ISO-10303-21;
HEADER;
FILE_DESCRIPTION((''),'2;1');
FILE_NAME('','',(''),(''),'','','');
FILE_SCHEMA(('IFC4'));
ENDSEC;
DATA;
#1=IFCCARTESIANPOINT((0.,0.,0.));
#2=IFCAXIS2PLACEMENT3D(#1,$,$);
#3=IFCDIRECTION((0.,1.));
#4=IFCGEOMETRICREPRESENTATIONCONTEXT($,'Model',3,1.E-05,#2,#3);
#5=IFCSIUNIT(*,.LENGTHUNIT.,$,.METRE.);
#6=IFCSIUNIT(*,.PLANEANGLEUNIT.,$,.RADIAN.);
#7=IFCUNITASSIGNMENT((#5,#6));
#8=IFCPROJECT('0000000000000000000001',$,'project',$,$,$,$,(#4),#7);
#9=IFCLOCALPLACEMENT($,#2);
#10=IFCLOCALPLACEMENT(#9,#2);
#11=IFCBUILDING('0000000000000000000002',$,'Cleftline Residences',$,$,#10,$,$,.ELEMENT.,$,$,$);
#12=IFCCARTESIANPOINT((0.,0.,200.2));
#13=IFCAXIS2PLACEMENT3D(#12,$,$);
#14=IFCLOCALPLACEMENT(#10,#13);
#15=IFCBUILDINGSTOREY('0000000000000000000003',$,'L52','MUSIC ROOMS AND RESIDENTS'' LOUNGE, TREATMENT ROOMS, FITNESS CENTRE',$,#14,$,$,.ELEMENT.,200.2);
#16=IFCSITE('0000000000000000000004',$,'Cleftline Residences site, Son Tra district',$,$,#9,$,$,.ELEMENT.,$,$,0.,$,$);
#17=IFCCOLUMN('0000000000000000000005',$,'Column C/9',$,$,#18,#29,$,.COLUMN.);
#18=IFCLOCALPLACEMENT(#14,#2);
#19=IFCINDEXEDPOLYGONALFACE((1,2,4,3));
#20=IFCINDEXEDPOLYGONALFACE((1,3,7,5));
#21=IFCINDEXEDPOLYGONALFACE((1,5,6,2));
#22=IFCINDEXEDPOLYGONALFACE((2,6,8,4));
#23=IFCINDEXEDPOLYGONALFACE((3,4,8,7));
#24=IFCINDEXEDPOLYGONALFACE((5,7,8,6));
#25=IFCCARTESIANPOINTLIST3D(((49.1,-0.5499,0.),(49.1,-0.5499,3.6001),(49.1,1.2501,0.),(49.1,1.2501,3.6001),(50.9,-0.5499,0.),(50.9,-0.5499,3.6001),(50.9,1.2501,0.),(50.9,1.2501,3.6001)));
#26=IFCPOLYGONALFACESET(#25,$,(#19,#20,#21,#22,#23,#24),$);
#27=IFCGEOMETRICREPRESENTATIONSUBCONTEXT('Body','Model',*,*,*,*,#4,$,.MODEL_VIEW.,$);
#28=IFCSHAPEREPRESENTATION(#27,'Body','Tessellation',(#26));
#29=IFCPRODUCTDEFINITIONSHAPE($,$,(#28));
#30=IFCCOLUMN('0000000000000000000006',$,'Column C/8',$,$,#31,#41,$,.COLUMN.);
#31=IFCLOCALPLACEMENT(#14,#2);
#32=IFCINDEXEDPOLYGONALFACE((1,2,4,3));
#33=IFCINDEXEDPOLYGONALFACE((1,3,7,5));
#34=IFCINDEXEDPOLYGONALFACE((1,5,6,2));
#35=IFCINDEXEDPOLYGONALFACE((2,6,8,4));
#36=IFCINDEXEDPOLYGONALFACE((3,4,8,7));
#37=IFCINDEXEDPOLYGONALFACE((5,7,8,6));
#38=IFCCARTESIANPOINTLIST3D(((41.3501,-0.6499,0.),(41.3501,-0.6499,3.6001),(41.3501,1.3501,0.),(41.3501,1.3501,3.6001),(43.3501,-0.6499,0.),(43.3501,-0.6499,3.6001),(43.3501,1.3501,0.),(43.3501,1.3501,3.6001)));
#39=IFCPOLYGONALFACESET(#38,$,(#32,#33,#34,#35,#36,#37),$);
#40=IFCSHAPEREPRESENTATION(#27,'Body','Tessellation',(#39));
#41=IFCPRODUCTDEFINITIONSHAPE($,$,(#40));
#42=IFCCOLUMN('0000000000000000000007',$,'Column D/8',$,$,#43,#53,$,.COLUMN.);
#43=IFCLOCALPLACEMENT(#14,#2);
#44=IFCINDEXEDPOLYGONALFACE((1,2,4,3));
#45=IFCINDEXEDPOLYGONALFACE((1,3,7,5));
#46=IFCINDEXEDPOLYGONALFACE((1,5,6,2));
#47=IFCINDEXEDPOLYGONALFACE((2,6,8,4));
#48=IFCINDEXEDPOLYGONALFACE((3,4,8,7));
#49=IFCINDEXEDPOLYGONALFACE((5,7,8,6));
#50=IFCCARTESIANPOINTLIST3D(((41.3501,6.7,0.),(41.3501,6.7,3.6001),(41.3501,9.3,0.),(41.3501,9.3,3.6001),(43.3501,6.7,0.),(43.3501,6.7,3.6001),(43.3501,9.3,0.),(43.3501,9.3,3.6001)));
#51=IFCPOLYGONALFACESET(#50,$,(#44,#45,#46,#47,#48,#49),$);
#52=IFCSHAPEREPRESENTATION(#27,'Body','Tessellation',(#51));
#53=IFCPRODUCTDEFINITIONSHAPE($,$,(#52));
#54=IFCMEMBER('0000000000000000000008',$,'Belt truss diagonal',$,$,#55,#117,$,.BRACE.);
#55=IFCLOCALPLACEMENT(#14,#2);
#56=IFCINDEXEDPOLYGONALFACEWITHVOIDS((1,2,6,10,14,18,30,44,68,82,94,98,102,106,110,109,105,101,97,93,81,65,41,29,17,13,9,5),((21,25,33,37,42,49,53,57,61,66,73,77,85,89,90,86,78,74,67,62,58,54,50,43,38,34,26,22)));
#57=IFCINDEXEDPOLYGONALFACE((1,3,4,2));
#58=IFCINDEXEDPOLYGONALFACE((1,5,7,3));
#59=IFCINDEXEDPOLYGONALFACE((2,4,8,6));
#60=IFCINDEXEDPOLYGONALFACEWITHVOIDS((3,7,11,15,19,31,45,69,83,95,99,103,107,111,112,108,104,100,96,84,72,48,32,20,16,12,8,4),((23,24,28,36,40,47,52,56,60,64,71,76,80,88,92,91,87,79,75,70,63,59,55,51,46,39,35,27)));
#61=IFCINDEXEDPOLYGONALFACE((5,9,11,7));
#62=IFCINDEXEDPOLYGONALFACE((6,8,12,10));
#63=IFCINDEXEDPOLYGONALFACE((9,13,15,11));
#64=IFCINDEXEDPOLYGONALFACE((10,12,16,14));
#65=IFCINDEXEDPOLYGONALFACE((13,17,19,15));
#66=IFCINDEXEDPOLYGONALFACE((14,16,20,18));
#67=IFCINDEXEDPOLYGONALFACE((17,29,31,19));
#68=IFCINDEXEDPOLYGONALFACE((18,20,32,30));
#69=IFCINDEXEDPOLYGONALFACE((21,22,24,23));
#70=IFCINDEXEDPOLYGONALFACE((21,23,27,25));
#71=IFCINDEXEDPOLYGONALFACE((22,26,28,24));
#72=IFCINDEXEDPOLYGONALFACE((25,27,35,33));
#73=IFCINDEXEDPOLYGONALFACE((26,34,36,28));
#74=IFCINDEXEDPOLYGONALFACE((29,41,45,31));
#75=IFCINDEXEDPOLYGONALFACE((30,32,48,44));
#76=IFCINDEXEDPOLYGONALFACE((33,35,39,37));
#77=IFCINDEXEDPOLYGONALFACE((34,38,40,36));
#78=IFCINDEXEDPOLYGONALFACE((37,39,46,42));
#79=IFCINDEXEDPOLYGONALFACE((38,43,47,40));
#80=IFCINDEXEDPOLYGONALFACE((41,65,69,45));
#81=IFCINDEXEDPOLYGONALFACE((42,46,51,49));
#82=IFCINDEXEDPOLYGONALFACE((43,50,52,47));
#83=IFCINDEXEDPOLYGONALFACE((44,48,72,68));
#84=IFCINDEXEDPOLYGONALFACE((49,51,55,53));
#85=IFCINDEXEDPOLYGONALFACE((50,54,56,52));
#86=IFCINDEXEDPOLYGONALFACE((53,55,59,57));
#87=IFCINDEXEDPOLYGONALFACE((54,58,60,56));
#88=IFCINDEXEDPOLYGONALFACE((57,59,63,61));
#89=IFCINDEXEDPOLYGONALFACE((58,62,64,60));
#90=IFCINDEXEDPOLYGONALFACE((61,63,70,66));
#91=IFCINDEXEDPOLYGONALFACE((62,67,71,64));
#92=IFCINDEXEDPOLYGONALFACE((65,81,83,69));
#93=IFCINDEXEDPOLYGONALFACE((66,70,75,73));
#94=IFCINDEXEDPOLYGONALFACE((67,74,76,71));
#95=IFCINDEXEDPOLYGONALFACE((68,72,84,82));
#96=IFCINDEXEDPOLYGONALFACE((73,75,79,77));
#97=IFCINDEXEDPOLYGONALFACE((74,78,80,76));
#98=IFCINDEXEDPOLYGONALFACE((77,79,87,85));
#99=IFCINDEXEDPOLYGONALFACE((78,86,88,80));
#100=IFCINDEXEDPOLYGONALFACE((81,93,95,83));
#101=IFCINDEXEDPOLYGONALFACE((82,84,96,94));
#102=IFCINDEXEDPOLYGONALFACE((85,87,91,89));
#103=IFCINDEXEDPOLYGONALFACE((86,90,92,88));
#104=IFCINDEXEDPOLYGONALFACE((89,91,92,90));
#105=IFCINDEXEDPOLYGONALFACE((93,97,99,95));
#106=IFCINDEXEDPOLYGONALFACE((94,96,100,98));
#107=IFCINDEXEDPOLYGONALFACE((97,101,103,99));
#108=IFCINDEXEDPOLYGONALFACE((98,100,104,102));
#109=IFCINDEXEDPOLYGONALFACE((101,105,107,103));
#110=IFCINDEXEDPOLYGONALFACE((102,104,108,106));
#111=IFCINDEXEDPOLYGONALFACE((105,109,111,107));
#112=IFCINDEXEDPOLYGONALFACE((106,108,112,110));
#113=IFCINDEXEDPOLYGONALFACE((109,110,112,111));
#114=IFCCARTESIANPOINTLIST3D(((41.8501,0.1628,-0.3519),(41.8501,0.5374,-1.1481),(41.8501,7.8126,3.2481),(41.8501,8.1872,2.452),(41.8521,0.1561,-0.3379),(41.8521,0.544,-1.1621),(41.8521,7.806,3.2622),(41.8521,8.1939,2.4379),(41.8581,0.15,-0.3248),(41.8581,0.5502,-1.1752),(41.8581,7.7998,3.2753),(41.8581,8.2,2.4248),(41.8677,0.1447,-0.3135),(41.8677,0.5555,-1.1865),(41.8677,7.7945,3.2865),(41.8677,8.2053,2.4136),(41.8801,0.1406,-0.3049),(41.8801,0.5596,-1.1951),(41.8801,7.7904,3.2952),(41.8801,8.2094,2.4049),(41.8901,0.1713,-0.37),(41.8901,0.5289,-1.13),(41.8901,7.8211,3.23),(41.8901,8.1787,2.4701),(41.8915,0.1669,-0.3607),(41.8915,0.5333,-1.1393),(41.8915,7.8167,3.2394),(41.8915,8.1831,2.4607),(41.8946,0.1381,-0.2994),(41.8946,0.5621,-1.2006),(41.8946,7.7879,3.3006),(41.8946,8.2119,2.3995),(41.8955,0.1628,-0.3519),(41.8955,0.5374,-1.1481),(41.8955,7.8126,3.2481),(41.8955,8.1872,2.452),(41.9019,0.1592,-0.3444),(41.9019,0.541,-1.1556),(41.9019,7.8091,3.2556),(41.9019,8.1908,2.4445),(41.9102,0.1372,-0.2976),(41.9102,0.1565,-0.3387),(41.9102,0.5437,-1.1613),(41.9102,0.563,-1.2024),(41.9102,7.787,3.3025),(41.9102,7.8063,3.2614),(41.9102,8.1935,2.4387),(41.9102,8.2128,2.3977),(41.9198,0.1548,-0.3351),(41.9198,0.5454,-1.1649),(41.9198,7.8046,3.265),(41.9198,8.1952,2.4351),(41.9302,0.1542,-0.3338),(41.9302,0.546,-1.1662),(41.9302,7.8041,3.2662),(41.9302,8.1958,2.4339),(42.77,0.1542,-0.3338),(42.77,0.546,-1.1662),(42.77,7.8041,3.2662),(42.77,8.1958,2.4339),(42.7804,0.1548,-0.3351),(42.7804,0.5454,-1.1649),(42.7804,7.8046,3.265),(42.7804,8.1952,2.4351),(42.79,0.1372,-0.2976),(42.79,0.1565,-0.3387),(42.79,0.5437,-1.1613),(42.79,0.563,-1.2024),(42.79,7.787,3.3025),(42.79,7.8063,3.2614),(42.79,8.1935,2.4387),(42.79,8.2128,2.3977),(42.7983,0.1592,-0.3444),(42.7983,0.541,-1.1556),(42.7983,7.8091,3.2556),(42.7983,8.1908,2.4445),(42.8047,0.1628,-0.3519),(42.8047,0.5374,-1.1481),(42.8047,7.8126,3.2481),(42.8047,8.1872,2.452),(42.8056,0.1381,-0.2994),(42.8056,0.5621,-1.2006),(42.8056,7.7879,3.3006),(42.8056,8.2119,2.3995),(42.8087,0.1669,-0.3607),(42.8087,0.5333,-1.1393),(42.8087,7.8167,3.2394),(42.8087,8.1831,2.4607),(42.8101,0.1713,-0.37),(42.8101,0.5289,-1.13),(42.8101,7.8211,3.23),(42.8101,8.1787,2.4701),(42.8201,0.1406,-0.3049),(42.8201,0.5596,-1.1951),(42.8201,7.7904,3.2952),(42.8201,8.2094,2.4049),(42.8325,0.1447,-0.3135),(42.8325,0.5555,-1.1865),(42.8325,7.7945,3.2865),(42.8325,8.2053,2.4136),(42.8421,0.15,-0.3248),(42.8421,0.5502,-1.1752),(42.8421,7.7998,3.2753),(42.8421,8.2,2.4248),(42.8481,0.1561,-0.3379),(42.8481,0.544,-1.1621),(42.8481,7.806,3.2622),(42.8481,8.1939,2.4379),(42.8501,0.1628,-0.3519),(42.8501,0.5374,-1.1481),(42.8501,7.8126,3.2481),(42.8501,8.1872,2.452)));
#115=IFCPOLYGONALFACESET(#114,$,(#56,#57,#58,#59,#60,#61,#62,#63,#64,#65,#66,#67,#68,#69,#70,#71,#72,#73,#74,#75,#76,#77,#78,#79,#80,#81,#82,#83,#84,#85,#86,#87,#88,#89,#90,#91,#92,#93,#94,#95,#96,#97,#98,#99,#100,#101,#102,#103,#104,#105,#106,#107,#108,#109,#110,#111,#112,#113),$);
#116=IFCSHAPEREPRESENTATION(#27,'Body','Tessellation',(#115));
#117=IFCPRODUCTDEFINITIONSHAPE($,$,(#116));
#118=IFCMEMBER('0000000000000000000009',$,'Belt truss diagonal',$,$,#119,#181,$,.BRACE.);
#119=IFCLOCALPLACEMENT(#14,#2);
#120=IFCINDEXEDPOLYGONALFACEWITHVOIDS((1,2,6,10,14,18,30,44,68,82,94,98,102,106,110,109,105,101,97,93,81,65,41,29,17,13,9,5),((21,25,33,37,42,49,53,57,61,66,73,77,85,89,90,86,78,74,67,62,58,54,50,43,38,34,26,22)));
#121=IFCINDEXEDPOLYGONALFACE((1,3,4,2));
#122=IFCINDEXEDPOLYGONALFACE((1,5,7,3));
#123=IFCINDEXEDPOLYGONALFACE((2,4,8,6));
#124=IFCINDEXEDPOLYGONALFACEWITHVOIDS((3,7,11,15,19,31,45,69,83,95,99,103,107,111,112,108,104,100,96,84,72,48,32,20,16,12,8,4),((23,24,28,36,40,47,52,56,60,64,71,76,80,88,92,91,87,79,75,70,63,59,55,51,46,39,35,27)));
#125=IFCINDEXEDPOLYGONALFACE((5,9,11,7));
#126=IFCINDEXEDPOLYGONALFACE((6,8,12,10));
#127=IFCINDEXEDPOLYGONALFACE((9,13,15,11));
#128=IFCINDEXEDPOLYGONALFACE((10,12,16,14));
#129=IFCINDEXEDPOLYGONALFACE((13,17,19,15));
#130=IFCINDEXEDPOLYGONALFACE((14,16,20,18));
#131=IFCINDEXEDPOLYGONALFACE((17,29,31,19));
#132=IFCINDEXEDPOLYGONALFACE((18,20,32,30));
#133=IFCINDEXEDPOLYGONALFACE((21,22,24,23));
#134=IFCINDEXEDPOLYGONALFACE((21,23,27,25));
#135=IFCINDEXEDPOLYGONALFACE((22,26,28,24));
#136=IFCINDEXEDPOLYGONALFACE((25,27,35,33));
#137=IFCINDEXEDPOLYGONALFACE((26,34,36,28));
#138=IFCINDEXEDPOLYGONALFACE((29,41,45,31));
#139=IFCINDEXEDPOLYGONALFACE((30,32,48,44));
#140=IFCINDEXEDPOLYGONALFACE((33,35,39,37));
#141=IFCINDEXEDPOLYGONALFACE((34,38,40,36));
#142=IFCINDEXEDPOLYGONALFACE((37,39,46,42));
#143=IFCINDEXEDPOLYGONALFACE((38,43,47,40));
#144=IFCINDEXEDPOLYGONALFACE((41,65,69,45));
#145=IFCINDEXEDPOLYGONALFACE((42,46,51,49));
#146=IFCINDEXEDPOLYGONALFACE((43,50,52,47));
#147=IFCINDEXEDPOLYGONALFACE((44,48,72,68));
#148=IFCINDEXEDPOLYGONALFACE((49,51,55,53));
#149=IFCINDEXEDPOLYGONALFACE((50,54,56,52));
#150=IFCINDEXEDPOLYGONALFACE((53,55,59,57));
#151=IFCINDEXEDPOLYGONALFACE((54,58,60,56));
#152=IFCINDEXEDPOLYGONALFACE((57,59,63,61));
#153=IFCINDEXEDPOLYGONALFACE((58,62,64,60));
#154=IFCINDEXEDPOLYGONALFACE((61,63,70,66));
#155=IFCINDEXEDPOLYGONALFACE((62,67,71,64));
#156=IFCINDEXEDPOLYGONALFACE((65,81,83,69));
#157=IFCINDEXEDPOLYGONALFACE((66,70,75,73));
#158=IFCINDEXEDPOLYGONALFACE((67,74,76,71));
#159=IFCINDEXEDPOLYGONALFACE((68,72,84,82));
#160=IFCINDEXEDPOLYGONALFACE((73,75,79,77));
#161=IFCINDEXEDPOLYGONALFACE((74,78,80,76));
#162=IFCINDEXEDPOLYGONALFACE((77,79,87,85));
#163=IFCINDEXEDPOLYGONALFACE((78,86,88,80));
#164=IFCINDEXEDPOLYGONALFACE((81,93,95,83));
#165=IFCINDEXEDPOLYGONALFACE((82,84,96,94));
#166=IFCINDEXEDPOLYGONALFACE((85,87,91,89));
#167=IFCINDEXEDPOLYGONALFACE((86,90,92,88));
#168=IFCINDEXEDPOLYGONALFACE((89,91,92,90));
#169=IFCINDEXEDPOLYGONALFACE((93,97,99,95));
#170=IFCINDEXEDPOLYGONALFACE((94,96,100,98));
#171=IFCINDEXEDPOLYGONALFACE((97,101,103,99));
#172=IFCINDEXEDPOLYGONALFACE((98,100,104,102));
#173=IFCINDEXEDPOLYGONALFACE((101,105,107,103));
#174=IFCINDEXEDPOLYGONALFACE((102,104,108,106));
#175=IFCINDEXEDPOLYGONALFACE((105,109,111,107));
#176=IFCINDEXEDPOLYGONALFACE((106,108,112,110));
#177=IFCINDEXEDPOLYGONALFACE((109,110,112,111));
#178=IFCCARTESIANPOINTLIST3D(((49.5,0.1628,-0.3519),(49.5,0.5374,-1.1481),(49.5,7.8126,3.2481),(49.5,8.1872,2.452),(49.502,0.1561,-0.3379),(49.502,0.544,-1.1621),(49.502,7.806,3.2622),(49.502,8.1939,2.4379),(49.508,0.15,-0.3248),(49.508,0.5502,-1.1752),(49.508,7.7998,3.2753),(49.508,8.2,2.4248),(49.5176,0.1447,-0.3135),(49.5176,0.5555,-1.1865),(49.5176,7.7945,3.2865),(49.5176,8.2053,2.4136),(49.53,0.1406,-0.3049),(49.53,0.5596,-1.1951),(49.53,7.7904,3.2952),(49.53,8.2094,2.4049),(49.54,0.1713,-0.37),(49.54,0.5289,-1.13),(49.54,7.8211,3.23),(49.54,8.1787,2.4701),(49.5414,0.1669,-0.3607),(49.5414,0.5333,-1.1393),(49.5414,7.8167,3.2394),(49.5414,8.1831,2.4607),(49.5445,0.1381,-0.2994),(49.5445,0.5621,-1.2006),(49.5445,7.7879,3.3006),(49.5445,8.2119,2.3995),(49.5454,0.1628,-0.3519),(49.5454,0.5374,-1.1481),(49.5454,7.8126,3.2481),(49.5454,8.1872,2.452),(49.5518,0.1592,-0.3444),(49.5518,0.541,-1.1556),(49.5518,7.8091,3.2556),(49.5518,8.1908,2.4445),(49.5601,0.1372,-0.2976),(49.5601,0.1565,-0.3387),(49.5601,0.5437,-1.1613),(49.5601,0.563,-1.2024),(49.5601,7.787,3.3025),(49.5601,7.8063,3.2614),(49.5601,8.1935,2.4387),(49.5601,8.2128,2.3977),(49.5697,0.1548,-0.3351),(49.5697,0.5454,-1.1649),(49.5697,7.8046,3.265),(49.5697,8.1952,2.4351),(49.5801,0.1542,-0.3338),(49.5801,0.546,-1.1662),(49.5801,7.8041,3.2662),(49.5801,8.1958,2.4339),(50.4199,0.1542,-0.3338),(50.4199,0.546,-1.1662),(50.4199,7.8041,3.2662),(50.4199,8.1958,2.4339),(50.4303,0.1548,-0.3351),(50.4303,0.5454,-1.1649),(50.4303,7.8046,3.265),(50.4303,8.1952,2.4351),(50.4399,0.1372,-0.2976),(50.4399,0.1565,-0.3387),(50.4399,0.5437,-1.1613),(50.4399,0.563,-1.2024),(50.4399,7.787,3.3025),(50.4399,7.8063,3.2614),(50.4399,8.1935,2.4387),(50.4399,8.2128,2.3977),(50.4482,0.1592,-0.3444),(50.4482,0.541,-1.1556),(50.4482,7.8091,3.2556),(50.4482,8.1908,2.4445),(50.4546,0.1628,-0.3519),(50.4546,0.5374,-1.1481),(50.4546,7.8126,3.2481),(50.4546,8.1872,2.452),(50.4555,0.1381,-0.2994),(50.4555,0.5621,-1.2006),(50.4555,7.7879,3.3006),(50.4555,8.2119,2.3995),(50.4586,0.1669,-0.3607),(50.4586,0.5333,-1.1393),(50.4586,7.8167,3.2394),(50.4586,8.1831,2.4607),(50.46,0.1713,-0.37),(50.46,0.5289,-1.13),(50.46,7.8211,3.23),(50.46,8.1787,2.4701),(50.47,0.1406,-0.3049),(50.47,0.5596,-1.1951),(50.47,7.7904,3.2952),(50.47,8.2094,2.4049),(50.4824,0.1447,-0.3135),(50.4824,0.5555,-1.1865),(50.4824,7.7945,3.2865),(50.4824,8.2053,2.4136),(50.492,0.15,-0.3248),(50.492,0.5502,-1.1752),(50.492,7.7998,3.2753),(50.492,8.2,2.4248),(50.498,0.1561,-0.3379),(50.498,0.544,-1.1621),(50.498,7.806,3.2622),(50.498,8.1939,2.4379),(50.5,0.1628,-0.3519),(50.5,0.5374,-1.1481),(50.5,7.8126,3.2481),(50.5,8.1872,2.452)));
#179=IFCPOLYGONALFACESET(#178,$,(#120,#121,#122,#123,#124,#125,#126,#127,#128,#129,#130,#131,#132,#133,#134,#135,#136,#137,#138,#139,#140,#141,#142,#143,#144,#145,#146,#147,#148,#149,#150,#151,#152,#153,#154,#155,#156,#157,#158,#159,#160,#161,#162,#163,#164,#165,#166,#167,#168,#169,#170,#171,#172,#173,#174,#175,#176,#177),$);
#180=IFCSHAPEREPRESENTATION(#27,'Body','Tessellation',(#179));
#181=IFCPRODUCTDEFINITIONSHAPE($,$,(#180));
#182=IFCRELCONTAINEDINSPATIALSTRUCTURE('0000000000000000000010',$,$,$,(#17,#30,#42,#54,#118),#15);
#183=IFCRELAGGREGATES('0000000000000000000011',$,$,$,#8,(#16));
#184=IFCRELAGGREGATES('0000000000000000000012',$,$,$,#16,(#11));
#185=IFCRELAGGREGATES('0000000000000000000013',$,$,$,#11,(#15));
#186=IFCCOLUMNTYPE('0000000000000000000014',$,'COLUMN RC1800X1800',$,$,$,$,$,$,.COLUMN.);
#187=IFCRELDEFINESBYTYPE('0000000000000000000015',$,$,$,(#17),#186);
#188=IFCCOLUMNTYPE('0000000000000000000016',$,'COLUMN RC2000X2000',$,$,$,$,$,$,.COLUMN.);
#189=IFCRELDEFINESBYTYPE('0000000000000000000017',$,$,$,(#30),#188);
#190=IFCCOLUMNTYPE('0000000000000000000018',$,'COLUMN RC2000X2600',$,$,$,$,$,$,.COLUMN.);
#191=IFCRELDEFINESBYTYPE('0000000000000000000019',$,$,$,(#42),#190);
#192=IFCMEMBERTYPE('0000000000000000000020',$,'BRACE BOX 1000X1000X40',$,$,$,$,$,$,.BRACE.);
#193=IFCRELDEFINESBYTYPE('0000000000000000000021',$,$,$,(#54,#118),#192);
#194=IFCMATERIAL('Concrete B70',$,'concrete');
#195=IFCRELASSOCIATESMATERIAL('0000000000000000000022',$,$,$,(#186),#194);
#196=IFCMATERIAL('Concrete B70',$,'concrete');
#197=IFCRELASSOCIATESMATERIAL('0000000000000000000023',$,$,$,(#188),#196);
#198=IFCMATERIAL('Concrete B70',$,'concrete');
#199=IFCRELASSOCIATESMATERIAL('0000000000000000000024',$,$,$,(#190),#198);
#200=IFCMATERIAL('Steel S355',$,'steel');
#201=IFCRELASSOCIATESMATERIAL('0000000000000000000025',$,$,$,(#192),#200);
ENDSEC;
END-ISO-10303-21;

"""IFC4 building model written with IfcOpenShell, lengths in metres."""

from ifc_helpers import new_model, si_unit, direction, frame, origin, origin_2d, place, context, subcontext, project, spatial, rectangle, hollow_rectangle, extrude, material, material_profile, profile_set, type_object, element, save


model = new_model("IFC4")

# Units and contexts
model_context = context("Model", 3, precision=1e-05, world=origin(), true_north=direction((0.0, 1.0)))
body_context = subcontext(model_context, "Body", "Model", "MODEL_VIEW")
ifc_project = project(units=[si_unit("LENGTHUNIT", "METRE"), si_unit("PLANEANGLEUNIT", "RADIAN")], contexts=[model_context])

# Site, building, storey
site_placement = place(None, origin())
site = spatial("IfcSite", under=ifc_project, at=site_placement, Name="Cleftline Residences site, Son Tra district", CompositionType="ELEMENT", RefElevation=0.0)
building_placement = place(site_placement, origin())
building = spatial("IfcBuilding", under=site, at=building_placement, Name="Cleftline Residences", CompositionType="ELEMENT")
storey_placement = place(building_placement, frame((0.0, 0.0, 200.2)))
storey = spatial("IfcBuildingStorey", under=building, at=storey_placement, Name="L52", Description="MUSIC ROOMS AND RESIDENTS' LOUNGE, TREATMENT ROOMS, FITNESS CENTRE", CompositionType="ELEMENT", Elevation=200.2)

# Columns
ifc_material_1 = material(Name="Concrete B70", Category="concrete")
ifc_material_profile_1 = material_profile(ifc_material_1, rectangle(XDim=1.8, YDim=1.8, at=origin_2d()))
ifc_profile_set_1 = profile_set([ifc_material_profile_1], Name="Concrete B70")
column_type_1 = type_object("IfcColumnType", Name="COLUMN RC1800X1800", PredefinedType="COLUMN", material=ifc_profile_set_1)
column_1_placement = place(storey_placement, frame((50.0, 0.3501, 0.0), z_axis=(0.0, 0.0, 1.0), x_axis=(1.0, 0.0, 0.0)))
element("IfcColumn", 1, at=column_1_placement, inside=storey, type_object=column_type_1, Name="Column C/9", PredefinedType="COLUMN", context=body_context, shape_type="SweptSolid", body=[
    extrude(rectangle(XDim=1.8, YDim=1.8, at=origin_2d()), origin(), (0.0, 0.0, 1.0), 3.6001),
])
ifc_material_2 = material(Name="Concrete B70", Category="concrete")
ifc_material_profile_2 = material_profile(ifc_material_2, rectangle(XDim=2.0, YDim=2.0, at=origin_2d()))
ifc_profile_set_2 = profile_set([ifc_material_profile_2], Name="Concrete B70")
column_type_2 = type_object("IfcColumnType", Name="COLUMN RC2000X2000", PredefinedType="COLUMN", material=ifc_profile_set_2)
column_2_placement = place(storey_placement, frame((42.3501, 0.3501, 0.0), z_axis=(0.0, 0.0, 1.0), x_axis=(1.0, 0.0, 0.0)))
element("IfcColumn", 2, at=column_2_placement, inside=storey, type_object=column_type_2, Name="Column C/8", PredefinedType="COLUMN", context=body_context, shape_type="SweptSolid", body=[
    extrude(rectangle(XDim=2.0, YDim=2.0, at=origin_2d()), origin(), (0.0, 0.0, 1.0), 3.6001),
])
ifc_material_3 = material(Name="Concrete B70", Category="concrete")
ifc_material_profile_3 = material_profile(ifc_material_3, rectangle(XDim=2.0, YDim=2.6001, at=origin_2d()))
ifc_profile_set_3 = profile_set([ifc_material_profile_3], Name="Concrete B70")
column_type_3 = type_object("IfcColumnType", Name="COLUMN RC2000X2600", PredefinedType="COLUMN", material=ifc_profile_set_3)
column_3_placement = place(storey_placement, frame((42.3501, 8.0, 0.0), z_axis=(0.0, 0.0, 1.0), x_axis=(1.0, 0.0, 0.0)))
element("IfcColumn", 3, at=column_3_placement, inside=storey, type_object=column_type_3, Name="Column D/8", PredefinedType="COLUMN", context=body_context, shape_type="SweptSolid", body=[
    extrude(rectangle(XDim=2.0, YDim=2.6001, at=origin_2d()), origin(), (0.0, 0.0, 1.0), 3.6001),
])

# Members
ifc_material_4 = material(Name="Steel S355", Category="steel")
ifc_material_profile_4 = material_profile(ifc_material_4, hollow_rectangle(XDim=1.0, YDim=1.0, WallThickness=0.04, InnerFilletRadius=0.04, OuterFilletRadius=0.0601, at=origin_2d()))
ifc_profile_set_4 = profile_set([ifc_material_profile_4], Name="Steel S355")
member_type_1 = type_object("IfcMemberType", Name="BRACE BOX 1000X1000X40", PredefinedType="BRACE", material=ifc_profile_set_4)
for number, where, z_axis, x_axis, name in (
    (4, (42.3501, 0.3501, -0.75), (0.0, 0.904812, 0.425811), (0.0, -0.425811, 0.904812), "Belt truss diagonal"),
    (5, (50.0, 0.3501, -0.75), (0.0, 0.904812, 0.425811), (0.0, -0.425811, 0.904812), "Belt truss diagonal"),
):
    element("IfcMember", number, at=place(storey_placement, frame(where, z_axis=z_axis, x_axis=x_axis)), inside=storey, type_object=member_type_1, Name=name, PredefinedType="BRACE", context=body_context, shape_type="SweptSolid", body=[
        extrude(hollow_rectangle(XDim=1.0, YDim=1.0, WallThickness=0.04, InnerFilletRadius=0.04, OuterFilletRadius=0.0601, at=origin_2d()), origin(), (0.0, 0.0, 1.0), 8.4546),
    ])

save(model, "model.ifc")
